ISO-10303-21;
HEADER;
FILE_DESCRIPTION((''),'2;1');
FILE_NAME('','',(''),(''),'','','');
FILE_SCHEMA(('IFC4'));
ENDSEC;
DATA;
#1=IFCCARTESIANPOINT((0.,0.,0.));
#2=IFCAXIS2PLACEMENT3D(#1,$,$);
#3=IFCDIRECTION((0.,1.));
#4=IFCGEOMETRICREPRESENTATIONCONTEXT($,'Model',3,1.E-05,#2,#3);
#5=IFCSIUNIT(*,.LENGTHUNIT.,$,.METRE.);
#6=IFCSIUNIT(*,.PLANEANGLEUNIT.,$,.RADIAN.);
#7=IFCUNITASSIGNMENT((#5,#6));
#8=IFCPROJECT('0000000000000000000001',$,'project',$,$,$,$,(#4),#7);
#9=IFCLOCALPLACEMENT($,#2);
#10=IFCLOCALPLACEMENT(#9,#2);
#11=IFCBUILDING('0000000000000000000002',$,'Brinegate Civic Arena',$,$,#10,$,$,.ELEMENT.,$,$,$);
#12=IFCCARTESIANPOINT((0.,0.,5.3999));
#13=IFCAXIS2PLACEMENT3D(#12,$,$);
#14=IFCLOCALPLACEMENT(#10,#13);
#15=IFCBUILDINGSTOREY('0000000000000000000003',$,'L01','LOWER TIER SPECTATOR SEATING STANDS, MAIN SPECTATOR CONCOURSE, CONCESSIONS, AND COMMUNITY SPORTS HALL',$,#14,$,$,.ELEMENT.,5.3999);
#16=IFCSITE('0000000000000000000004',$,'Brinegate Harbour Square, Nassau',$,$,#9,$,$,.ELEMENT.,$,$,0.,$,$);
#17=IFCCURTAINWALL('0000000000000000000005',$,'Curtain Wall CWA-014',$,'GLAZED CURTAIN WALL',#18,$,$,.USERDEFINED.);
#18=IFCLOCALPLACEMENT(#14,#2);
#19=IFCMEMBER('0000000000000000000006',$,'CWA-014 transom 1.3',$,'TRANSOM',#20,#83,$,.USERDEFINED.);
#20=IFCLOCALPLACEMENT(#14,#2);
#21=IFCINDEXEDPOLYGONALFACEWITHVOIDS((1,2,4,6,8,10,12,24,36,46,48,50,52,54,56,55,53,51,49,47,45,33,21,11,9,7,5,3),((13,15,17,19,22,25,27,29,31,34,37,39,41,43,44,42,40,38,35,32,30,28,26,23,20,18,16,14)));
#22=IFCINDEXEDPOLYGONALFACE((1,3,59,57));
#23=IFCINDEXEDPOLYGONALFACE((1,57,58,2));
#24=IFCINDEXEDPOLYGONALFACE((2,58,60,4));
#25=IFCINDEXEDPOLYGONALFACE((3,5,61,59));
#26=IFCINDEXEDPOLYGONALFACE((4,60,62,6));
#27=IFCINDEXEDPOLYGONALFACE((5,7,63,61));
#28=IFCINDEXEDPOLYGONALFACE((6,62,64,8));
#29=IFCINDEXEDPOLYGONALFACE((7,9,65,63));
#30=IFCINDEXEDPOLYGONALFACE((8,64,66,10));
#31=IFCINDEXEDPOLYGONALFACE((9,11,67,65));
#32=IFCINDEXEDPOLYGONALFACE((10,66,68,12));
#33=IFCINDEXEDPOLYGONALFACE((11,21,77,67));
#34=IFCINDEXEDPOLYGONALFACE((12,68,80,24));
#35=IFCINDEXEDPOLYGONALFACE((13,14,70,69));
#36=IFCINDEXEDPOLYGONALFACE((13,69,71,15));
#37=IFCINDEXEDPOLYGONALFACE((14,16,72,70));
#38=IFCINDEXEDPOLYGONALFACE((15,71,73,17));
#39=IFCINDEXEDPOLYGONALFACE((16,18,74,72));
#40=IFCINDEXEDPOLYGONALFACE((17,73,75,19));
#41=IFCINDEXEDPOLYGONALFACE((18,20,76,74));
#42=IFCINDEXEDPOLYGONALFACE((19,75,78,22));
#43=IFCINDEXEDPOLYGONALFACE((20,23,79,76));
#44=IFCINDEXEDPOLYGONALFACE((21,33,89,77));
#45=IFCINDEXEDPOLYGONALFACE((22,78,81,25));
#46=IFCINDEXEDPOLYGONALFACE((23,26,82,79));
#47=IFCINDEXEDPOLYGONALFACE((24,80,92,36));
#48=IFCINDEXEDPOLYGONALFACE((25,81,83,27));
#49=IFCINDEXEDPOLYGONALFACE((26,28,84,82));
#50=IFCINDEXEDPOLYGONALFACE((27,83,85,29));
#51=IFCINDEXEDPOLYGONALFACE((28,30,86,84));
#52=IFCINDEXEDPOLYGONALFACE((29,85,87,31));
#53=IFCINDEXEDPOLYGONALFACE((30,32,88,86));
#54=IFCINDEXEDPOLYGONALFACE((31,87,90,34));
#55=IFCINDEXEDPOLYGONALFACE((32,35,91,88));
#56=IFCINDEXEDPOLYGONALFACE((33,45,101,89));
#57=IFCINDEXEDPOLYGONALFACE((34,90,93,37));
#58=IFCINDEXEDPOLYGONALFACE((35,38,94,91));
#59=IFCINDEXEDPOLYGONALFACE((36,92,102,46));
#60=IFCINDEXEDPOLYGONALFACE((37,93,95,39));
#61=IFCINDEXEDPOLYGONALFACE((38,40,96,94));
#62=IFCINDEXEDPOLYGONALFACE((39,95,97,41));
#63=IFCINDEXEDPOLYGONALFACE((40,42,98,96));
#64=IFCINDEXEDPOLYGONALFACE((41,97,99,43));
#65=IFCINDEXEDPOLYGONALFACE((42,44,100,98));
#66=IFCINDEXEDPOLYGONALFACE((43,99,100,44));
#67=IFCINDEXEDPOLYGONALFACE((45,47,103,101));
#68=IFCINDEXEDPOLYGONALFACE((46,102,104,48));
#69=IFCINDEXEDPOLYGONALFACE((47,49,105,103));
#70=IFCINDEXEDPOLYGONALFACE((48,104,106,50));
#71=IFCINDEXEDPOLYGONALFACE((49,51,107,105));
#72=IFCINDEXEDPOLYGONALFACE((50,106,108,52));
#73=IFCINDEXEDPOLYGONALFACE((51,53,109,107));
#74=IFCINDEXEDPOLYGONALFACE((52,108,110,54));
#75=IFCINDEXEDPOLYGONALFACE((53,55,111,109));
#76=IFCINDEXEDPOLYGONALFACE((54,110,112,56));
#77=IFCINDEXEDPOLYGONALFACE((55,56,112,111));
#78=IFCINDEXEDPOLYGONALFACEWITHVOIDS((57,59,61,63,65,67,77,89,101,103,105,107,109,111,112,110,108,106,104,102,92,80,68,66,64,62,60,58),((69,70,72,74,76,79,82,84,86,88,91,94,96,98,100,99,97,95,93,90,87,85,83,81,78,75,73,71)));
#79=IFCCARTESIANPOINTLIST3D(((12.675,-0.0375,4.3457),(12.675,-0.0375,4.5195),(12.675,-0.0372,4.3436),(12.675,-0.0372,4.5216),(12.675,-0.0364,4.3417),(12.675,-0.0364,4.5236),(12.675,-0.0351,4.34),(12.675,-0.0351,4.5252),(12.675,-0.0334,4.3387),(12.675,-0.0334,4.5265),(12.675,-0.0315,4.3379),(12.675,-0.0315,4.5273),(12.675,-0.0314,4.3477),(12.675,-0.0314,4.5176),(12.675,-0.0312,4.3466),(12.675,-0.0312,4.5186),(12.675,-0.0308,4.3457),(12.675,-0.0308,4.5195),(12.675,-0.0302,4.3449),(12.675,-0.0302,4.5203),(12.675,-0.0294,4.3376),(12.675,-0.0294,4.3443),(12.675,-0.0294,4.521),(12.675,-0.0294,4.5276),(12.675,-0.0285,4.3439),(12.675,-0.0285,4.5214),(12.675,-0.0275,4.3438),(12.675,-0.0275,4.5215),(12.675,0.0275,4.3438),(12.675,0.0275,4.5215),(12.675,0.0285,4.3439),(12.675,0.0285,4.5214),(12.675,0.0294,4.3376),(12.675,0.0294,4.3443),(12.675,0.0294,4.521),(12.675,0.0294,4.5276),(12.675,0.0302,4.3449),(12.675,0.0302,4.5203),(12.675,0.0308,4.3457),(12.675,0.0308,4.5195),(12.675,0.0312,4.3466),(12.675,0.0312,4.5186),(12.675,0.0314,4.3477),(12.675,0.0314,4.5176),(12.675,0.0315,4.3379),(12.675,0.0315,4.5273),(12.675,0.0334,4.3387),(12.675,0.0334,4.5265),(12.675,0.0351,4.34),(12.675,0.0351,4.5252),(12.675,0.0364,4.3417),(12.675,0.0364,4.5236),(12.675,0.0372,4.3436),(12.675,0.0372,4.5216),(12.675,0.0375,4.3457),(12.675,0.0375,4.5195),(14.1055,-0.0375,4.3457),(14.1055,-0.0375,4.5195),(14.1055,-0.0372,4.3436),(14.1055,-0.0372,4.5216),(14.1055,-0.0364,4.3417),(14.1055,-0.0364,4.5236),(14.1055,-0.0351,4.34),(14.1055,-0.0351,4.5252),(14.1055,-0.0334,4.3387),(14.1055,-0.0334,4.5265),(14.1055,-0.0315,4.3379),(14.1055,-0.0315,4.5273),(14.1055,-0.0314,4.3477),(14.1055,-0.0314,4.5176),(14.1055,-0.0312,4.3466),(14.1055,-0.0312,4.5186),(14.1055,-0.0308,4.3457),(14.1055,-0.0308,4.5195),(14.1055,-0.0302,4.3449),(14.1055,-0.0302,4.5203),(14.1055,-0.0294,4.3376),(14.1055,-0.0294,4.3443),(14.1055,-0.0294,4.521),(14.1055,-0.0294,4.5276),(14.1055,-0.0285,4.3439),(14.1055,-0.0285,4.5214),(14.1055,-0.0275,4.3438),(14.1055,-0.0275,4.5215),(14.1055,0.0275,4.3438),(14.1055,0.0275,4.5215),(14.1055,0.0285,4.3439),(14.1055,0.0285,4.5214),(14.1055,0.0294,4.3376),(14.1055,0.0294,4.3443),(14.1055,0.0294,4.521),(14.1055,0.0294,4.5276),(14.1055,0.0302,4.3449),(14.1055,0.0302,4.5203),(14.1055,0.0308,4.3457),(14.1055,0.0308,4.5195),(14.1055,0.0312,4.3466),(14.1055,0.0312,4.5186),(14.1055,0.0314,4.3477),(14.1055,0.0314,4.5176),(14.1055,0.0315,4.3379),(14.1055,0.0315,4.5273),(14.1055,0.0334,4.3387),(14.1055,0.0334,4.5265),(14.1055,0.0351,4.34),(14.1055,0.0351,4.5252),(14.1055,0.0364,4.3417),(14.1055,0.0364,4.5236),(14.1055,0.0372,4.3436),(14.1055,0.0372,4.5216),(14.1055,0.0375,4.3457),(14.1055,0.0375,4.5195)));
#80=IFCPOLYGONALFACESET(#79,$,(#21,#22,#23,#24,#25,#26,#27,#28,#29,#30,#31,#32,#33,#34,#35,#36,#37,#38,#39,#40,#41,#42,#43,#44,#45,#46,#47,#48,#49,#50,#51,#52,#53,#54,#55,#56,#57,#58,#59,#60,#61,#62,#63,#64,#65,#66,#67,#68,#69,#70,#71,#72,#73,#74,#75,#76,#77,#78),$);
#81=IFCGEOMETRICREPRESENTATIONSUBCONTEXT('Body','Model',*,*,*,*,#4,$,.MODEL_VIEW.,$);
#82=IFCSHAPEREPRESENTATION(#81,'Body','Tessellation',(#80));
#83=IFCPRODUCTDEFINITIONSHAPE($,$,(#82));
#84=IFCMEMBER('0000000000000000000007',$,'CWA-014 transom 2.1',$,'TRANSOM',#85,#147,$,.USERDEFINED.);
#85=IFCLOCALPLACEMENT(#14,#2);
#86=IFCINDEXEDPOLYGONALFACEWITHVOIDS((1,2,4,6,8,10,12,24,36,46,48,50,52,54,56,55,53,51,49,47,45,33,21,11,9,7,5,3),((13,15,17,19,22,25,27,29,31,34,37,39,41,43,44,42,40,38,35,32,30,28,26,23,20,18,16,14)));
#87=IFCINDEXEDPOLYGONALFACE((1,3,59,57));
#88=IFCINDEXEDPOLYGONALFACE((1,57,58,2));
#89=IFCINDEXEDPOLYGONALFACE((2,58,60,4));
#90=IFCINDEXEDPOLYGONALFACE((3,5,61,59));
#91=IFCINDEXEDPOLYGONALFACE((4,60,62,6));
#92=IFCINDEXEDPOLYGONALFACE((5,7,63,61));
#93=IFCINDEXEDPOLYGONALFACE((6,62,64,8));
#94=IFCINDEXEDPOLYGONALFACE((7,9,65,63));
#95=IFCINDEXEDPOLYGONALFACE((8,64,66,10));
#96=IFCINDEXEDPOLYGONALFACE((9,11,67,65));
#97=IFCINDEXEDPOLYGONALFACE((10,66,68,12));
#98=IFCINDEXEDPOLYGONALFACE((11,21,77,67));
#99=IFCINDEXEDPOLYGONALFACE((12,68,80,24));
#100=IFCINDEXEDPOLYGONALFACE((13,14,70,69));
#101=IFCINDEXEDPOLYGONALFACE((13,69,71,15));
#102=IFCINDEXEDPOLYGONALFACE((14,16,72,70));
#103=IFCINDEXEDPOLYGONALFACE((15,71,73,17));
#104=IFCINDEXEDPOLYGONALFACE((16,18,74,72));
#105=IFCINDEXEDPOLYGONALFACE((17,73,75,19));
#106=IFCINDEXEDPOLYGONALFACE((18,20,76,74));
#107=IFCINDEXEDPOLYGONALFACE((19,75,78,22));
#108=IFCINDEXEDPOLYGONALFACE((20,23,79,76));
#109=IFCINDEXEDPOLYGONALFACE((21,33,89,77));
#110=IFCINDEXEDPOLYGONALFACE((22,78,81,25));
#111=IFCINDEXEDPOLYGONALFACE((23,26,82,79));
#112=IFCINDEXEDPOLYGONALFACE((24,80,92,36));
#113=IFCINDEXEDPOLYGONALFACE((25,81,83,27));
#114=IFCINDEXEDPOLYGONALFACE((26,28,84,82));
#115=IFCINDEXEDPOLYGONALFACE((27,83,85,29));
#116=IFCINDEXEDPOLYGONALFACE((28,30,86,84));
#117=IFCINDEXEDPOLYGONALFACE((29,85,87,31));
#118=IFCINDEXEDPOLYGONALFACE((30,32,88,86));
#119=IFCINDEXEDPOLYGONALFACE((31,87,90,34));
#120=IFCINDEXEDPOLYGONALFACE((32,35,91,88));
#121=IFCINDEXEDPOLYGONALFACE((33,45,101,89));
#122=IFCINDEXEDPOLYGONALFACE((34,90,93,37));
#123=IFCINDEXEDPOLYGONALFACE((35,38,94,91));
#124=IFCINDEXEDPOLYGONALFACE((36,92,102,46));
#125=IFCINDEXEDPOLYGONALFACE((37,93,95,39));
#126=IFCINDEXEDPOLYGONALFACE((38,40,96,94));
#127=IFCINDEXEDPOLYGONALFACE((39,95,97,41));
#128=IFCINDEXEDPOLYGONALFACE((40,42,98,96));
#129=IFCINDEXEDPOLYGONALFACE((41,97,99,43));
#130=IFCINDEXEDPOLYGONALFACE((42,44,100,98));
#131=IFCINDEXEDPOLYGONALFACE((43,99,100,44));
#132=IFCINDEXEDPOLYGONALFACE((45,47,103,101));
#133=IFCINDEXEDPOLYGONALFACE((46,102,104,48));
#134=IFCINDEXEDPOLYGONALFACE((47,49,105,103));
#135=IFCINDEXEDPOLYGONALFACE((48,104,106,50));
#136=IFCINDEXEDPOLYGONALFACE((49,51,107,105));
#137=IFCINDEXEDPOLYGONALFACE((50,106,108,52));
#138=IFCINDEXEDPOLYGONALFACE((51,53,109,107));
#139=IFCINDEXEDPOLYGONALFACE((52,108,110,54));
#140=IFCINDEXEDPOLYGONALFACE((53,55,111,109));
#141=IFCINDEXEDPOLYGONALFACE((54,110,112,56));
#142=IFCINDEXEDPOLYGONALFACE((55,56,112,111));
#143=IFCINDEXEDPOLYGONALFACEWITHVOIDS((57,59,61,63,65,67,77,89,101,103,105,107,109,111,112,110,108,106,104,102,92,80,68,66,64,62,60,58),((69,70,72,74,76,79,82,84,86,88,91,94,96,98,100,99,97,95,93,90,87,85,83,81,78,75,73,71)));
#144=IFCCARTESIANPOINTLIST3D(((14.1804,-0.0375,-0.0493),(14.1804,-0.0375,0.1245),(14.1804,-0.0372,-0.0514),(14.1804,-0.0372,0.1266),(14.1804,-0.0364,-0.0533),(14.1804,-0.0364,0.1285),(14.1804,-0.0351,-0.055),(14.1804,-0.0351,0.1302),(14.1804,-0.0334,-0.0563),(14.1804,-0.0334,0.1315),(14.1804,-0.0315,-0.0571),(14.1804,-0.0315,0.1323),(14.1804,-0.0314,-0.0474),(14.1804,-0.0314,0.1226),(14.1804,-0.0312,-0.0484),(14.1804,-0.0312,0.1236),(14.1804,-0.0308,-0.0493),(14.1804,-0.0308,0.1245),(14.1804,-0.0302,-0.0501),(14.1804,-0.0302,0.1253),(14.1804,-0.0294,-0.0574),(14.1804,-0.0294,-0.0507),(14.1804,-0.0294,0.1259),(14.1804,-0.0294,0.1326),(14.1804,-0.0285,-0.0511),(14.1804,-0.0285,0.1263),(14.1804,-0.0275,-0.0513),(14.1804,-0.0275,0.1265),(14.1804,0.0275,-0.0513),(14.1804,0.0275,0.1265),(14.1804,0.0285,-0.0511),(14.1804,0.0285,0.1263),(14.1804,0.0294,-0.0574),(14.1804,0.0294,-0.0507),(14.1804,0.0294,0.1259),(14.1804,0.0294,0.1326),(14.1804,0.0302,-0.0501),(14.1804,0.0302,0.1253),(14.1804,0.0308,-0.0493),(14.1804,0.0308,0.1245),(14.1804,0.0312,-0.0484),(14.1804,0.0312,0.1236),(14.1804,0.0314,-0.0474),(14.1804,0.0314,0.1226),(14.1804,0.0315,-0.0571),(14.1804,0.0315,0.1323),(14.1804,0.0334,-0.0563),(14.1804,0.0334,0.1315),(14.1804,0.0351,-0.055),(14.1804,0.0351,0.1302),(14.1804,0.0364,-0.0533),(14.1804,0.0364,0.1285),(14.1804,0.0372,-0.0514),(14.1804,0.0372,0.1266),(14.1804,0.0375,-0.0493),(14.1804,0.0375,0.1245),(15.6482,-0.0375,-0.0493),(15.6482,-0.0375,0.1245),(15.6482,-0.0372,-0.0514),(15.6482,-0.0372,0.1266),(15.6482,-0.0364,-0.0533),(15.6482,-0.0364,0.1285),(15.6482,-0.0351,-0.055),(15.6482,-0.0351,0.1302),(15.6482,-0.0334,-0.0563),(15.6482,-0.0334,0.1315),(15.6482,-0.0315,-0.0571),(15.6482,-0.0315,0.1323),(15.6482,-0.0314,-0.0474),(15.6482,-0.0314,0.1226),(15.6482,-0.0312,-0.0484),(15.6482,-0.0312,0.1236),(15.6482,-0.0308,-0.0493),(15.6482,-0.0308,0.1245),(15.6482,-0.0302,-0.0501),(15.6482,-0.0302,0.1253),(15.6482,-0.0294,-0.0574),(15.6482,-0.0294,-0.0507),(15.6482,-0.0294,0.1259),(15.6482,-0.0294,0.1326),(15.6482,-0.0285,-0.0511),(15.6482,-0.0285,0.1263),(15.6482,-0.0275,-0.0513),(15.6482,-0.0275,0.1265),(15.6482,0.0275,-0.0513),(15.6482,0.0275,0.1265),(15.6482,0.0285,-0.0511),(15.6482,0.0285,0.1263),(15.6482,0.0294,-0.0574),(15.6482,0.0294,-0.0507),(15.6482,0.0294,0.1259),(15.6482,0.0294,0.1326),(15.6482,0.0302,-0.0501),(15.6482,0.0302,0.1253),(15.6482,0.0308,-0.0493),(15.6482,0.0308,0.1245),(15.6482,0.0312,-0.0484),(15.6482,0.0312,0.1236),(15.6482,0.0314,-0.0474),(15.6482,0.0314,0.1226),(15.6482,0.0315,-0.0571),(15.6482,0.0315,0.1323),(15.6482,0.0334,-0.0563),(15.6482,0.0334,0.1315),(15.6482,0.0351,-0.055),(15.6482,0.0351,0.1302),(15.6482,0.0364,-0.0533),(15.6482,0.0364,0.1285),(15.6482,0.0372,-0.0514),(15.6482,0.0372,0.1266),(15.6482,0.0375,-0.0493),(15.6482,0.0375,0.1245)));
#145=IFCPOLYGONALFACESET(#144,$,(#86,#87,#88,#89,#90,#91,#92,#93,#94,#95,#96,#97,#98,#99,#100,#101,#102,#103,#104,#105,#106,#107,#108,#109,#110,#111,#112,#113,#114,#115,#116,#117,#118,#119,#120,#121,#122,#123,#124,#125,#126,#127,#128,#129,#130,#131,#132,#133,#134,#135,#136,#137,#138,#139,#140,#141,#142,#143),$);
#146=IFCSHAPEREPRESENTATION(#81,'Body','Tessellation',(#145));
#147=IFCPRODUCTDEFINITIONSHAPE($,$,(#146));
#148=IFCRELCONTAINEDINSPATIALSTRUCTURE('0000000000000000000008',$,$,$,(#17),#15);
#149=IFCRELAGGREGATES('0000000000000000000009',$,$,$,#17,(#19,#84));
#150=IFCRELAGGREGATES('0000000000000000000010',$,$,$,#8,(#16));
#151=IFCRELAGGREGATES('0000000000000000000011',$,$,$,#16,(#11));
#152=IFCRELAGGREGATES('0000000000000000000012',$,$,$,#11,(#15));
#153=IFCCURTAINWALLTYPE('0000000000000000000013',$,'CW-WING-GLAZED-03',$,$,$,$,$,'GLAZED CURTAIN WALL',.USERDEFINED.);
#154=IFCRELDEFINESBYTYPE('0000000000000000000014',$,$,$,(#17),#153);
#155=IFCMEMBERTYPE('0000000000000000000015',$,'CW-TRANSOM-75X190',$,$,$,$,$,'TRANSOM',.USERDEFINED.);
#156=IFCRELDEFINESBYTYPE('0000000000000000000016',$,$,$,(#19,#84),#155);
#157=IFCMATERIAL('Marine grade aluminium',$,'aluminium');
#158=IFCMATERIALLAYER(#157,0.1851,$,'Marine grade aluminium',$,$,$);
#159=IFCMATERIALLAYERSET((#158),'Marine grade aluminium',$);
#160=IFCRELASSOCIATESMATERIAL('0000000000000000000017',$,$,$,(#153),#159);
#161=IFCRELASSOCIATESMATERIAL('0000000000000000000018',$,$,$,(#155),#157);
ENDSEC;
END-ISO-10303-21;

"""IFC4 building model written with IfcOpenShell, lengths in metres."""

from ifc_helpers import new_model, si_unit, direction, frame, origin, origin_2d, place, context, subcontext, project, spatial, hollow_rectangle, extrude, material, layer, layer_set, material_profile, profile_set, type_object, element, aggregate, save


model = new_model("IFC4")

# Units and contexts
model_context = context("Model", 3, precision=1e-05, world=origin(), true_north=direction((0.0, 1.0)))
body_context = subcontext(model_context, "Body", "Model", "MODEL_VIEW")
ifc_project = project(units=[si_unit("LENGTHUNIT", "METRE"), si_unit("PLANEANGLEUNIT", "RADIAN")], contexts=[model_context])

# Site, building, storey
site_placement = place(None, origin())
site = spatial("IfcSite", under=ifc_project, at=site_placement, Name="Brinegate Harbour Square, Nassau", CompositionType="ELEMENT", RefElevation=0.0)
building_placement = place(site_placement, origin())
building = spatial("IfcBuilding", under=site, at=building_placement, Name="Brinegate Civic Arena", CompositionType="ELEMENT")
storey_placement = place(building_placement, frame((0.0, 0.0, 5.3999)))
storey = spatial("IfcBuildingStorey", under=building, at=storey_placement, Name="L01", Description="LOWER TIER SPECTATOR SEATING STANDS, MAIN SPECTATOR CONCOURSE, CONCESSIONS, AND COMMUNITY SPORTS HALL", CompositionType="ELEMENT", Elevation=5.3999)

# Curtain wall, members
ifc_material_1 = material(Name="Marine grade aluminium", Category="aluminium")
ifc_layer_1 = layer(ifc_material_1, 0.1851, Name="Marine grade aluminium")
ifc_layer_set_1 = layer_set([ifc_layer_1], Name="Marine grade aluminium")
curtain_wall_type = type_object("IfcCurtainWallType", Name="CW-WING-GLAZED-03", ElementType="GLAZED CURTAIN WALL", PredefinedType="USERDEFINED", material=ifc_layer_set_1)
curtain_wall_placement = place(storey_placement, origin())
curtain_wall = element("IfcCurtainWall", 1, at=curtain_wall_placement, inside=storey, type_object=curtain_wall_type, Name="Curtain Wall CWA-014", ObjectType="GLAZED CURTAIN WALL", PredefinedType="USERDEFINED")
ifc_material_profile_1 = material_profile(ifc_material_1, hollow_rectangle(XDim=0.075, YDim=0.1899, WallThickness=0.0061, InnerFilletRadius=0.0039, OuterFilletRadius=0.0081, at=origin_2d()), Name="TRN75X190")
ifc_profile_set_1 = profile_set([ifc_material_profile_1], Name="Marine grade aluminium")
member_type_1 = type_object("IfcMemberType", Name="CW-TRANSOM-75X190", ElementType="TRANSOM", PredefinedType="USERDEFINED", material=ifc_profile_set_1)
member_1_placement = place(storey_placement, frame((12.675, 0.0, 4.4326), z_axis=(1.0, 0.0, 0.0), x_axis=(0.0, 1.0, 0.0)))
member_1 = element("IfcMember", 2, at=member_1_placement, type_object=member_type_1, Name="CWA-014 transom 1.3", ObjectType="TRANSOM", PredefinedType="USERDEFINED", context=body_context, shape_type="SweptSolid", body=[
    extrude(hollow_rectangle(XDim=0.075, YDim=0.1899, WallThickness=0.0061, InnerFilletRadius=0.0039, OuterFilletRadius=0.0081, at=origin_2d()), origin(), (0.0, 0.0, 1.0), 1.4304),
])
member_2_placement = place(storey_placement, frame((14.1804, 0.0, 0.0376), z_axis=(1.0, 0.0, 0.0), x_axis=(0.0, 1.0, 0.0)))
member_2 = element("IfcMember", 3, at=member_2_placement, type_object=member_type_1, Name="CWA-014 transom 2.1", ObjectType="TRANSOM", PredefinedType="USERDEFINED", context=body_context, shape_type="SweptSolid", body=[
    extrude(hollow_rectangle(XDim=0.075, YDim=0.1899, WallThickness=0.0061, InnerFilletRadius=0.0039, OuterFilletRadius=0.0081, at=origin_2d()), origin(), (0.0, 0.0, 1.0), 1.4678),
])
aggregate(curtain_wall, [member_1, member_2])

save(model, "model.ifc")
